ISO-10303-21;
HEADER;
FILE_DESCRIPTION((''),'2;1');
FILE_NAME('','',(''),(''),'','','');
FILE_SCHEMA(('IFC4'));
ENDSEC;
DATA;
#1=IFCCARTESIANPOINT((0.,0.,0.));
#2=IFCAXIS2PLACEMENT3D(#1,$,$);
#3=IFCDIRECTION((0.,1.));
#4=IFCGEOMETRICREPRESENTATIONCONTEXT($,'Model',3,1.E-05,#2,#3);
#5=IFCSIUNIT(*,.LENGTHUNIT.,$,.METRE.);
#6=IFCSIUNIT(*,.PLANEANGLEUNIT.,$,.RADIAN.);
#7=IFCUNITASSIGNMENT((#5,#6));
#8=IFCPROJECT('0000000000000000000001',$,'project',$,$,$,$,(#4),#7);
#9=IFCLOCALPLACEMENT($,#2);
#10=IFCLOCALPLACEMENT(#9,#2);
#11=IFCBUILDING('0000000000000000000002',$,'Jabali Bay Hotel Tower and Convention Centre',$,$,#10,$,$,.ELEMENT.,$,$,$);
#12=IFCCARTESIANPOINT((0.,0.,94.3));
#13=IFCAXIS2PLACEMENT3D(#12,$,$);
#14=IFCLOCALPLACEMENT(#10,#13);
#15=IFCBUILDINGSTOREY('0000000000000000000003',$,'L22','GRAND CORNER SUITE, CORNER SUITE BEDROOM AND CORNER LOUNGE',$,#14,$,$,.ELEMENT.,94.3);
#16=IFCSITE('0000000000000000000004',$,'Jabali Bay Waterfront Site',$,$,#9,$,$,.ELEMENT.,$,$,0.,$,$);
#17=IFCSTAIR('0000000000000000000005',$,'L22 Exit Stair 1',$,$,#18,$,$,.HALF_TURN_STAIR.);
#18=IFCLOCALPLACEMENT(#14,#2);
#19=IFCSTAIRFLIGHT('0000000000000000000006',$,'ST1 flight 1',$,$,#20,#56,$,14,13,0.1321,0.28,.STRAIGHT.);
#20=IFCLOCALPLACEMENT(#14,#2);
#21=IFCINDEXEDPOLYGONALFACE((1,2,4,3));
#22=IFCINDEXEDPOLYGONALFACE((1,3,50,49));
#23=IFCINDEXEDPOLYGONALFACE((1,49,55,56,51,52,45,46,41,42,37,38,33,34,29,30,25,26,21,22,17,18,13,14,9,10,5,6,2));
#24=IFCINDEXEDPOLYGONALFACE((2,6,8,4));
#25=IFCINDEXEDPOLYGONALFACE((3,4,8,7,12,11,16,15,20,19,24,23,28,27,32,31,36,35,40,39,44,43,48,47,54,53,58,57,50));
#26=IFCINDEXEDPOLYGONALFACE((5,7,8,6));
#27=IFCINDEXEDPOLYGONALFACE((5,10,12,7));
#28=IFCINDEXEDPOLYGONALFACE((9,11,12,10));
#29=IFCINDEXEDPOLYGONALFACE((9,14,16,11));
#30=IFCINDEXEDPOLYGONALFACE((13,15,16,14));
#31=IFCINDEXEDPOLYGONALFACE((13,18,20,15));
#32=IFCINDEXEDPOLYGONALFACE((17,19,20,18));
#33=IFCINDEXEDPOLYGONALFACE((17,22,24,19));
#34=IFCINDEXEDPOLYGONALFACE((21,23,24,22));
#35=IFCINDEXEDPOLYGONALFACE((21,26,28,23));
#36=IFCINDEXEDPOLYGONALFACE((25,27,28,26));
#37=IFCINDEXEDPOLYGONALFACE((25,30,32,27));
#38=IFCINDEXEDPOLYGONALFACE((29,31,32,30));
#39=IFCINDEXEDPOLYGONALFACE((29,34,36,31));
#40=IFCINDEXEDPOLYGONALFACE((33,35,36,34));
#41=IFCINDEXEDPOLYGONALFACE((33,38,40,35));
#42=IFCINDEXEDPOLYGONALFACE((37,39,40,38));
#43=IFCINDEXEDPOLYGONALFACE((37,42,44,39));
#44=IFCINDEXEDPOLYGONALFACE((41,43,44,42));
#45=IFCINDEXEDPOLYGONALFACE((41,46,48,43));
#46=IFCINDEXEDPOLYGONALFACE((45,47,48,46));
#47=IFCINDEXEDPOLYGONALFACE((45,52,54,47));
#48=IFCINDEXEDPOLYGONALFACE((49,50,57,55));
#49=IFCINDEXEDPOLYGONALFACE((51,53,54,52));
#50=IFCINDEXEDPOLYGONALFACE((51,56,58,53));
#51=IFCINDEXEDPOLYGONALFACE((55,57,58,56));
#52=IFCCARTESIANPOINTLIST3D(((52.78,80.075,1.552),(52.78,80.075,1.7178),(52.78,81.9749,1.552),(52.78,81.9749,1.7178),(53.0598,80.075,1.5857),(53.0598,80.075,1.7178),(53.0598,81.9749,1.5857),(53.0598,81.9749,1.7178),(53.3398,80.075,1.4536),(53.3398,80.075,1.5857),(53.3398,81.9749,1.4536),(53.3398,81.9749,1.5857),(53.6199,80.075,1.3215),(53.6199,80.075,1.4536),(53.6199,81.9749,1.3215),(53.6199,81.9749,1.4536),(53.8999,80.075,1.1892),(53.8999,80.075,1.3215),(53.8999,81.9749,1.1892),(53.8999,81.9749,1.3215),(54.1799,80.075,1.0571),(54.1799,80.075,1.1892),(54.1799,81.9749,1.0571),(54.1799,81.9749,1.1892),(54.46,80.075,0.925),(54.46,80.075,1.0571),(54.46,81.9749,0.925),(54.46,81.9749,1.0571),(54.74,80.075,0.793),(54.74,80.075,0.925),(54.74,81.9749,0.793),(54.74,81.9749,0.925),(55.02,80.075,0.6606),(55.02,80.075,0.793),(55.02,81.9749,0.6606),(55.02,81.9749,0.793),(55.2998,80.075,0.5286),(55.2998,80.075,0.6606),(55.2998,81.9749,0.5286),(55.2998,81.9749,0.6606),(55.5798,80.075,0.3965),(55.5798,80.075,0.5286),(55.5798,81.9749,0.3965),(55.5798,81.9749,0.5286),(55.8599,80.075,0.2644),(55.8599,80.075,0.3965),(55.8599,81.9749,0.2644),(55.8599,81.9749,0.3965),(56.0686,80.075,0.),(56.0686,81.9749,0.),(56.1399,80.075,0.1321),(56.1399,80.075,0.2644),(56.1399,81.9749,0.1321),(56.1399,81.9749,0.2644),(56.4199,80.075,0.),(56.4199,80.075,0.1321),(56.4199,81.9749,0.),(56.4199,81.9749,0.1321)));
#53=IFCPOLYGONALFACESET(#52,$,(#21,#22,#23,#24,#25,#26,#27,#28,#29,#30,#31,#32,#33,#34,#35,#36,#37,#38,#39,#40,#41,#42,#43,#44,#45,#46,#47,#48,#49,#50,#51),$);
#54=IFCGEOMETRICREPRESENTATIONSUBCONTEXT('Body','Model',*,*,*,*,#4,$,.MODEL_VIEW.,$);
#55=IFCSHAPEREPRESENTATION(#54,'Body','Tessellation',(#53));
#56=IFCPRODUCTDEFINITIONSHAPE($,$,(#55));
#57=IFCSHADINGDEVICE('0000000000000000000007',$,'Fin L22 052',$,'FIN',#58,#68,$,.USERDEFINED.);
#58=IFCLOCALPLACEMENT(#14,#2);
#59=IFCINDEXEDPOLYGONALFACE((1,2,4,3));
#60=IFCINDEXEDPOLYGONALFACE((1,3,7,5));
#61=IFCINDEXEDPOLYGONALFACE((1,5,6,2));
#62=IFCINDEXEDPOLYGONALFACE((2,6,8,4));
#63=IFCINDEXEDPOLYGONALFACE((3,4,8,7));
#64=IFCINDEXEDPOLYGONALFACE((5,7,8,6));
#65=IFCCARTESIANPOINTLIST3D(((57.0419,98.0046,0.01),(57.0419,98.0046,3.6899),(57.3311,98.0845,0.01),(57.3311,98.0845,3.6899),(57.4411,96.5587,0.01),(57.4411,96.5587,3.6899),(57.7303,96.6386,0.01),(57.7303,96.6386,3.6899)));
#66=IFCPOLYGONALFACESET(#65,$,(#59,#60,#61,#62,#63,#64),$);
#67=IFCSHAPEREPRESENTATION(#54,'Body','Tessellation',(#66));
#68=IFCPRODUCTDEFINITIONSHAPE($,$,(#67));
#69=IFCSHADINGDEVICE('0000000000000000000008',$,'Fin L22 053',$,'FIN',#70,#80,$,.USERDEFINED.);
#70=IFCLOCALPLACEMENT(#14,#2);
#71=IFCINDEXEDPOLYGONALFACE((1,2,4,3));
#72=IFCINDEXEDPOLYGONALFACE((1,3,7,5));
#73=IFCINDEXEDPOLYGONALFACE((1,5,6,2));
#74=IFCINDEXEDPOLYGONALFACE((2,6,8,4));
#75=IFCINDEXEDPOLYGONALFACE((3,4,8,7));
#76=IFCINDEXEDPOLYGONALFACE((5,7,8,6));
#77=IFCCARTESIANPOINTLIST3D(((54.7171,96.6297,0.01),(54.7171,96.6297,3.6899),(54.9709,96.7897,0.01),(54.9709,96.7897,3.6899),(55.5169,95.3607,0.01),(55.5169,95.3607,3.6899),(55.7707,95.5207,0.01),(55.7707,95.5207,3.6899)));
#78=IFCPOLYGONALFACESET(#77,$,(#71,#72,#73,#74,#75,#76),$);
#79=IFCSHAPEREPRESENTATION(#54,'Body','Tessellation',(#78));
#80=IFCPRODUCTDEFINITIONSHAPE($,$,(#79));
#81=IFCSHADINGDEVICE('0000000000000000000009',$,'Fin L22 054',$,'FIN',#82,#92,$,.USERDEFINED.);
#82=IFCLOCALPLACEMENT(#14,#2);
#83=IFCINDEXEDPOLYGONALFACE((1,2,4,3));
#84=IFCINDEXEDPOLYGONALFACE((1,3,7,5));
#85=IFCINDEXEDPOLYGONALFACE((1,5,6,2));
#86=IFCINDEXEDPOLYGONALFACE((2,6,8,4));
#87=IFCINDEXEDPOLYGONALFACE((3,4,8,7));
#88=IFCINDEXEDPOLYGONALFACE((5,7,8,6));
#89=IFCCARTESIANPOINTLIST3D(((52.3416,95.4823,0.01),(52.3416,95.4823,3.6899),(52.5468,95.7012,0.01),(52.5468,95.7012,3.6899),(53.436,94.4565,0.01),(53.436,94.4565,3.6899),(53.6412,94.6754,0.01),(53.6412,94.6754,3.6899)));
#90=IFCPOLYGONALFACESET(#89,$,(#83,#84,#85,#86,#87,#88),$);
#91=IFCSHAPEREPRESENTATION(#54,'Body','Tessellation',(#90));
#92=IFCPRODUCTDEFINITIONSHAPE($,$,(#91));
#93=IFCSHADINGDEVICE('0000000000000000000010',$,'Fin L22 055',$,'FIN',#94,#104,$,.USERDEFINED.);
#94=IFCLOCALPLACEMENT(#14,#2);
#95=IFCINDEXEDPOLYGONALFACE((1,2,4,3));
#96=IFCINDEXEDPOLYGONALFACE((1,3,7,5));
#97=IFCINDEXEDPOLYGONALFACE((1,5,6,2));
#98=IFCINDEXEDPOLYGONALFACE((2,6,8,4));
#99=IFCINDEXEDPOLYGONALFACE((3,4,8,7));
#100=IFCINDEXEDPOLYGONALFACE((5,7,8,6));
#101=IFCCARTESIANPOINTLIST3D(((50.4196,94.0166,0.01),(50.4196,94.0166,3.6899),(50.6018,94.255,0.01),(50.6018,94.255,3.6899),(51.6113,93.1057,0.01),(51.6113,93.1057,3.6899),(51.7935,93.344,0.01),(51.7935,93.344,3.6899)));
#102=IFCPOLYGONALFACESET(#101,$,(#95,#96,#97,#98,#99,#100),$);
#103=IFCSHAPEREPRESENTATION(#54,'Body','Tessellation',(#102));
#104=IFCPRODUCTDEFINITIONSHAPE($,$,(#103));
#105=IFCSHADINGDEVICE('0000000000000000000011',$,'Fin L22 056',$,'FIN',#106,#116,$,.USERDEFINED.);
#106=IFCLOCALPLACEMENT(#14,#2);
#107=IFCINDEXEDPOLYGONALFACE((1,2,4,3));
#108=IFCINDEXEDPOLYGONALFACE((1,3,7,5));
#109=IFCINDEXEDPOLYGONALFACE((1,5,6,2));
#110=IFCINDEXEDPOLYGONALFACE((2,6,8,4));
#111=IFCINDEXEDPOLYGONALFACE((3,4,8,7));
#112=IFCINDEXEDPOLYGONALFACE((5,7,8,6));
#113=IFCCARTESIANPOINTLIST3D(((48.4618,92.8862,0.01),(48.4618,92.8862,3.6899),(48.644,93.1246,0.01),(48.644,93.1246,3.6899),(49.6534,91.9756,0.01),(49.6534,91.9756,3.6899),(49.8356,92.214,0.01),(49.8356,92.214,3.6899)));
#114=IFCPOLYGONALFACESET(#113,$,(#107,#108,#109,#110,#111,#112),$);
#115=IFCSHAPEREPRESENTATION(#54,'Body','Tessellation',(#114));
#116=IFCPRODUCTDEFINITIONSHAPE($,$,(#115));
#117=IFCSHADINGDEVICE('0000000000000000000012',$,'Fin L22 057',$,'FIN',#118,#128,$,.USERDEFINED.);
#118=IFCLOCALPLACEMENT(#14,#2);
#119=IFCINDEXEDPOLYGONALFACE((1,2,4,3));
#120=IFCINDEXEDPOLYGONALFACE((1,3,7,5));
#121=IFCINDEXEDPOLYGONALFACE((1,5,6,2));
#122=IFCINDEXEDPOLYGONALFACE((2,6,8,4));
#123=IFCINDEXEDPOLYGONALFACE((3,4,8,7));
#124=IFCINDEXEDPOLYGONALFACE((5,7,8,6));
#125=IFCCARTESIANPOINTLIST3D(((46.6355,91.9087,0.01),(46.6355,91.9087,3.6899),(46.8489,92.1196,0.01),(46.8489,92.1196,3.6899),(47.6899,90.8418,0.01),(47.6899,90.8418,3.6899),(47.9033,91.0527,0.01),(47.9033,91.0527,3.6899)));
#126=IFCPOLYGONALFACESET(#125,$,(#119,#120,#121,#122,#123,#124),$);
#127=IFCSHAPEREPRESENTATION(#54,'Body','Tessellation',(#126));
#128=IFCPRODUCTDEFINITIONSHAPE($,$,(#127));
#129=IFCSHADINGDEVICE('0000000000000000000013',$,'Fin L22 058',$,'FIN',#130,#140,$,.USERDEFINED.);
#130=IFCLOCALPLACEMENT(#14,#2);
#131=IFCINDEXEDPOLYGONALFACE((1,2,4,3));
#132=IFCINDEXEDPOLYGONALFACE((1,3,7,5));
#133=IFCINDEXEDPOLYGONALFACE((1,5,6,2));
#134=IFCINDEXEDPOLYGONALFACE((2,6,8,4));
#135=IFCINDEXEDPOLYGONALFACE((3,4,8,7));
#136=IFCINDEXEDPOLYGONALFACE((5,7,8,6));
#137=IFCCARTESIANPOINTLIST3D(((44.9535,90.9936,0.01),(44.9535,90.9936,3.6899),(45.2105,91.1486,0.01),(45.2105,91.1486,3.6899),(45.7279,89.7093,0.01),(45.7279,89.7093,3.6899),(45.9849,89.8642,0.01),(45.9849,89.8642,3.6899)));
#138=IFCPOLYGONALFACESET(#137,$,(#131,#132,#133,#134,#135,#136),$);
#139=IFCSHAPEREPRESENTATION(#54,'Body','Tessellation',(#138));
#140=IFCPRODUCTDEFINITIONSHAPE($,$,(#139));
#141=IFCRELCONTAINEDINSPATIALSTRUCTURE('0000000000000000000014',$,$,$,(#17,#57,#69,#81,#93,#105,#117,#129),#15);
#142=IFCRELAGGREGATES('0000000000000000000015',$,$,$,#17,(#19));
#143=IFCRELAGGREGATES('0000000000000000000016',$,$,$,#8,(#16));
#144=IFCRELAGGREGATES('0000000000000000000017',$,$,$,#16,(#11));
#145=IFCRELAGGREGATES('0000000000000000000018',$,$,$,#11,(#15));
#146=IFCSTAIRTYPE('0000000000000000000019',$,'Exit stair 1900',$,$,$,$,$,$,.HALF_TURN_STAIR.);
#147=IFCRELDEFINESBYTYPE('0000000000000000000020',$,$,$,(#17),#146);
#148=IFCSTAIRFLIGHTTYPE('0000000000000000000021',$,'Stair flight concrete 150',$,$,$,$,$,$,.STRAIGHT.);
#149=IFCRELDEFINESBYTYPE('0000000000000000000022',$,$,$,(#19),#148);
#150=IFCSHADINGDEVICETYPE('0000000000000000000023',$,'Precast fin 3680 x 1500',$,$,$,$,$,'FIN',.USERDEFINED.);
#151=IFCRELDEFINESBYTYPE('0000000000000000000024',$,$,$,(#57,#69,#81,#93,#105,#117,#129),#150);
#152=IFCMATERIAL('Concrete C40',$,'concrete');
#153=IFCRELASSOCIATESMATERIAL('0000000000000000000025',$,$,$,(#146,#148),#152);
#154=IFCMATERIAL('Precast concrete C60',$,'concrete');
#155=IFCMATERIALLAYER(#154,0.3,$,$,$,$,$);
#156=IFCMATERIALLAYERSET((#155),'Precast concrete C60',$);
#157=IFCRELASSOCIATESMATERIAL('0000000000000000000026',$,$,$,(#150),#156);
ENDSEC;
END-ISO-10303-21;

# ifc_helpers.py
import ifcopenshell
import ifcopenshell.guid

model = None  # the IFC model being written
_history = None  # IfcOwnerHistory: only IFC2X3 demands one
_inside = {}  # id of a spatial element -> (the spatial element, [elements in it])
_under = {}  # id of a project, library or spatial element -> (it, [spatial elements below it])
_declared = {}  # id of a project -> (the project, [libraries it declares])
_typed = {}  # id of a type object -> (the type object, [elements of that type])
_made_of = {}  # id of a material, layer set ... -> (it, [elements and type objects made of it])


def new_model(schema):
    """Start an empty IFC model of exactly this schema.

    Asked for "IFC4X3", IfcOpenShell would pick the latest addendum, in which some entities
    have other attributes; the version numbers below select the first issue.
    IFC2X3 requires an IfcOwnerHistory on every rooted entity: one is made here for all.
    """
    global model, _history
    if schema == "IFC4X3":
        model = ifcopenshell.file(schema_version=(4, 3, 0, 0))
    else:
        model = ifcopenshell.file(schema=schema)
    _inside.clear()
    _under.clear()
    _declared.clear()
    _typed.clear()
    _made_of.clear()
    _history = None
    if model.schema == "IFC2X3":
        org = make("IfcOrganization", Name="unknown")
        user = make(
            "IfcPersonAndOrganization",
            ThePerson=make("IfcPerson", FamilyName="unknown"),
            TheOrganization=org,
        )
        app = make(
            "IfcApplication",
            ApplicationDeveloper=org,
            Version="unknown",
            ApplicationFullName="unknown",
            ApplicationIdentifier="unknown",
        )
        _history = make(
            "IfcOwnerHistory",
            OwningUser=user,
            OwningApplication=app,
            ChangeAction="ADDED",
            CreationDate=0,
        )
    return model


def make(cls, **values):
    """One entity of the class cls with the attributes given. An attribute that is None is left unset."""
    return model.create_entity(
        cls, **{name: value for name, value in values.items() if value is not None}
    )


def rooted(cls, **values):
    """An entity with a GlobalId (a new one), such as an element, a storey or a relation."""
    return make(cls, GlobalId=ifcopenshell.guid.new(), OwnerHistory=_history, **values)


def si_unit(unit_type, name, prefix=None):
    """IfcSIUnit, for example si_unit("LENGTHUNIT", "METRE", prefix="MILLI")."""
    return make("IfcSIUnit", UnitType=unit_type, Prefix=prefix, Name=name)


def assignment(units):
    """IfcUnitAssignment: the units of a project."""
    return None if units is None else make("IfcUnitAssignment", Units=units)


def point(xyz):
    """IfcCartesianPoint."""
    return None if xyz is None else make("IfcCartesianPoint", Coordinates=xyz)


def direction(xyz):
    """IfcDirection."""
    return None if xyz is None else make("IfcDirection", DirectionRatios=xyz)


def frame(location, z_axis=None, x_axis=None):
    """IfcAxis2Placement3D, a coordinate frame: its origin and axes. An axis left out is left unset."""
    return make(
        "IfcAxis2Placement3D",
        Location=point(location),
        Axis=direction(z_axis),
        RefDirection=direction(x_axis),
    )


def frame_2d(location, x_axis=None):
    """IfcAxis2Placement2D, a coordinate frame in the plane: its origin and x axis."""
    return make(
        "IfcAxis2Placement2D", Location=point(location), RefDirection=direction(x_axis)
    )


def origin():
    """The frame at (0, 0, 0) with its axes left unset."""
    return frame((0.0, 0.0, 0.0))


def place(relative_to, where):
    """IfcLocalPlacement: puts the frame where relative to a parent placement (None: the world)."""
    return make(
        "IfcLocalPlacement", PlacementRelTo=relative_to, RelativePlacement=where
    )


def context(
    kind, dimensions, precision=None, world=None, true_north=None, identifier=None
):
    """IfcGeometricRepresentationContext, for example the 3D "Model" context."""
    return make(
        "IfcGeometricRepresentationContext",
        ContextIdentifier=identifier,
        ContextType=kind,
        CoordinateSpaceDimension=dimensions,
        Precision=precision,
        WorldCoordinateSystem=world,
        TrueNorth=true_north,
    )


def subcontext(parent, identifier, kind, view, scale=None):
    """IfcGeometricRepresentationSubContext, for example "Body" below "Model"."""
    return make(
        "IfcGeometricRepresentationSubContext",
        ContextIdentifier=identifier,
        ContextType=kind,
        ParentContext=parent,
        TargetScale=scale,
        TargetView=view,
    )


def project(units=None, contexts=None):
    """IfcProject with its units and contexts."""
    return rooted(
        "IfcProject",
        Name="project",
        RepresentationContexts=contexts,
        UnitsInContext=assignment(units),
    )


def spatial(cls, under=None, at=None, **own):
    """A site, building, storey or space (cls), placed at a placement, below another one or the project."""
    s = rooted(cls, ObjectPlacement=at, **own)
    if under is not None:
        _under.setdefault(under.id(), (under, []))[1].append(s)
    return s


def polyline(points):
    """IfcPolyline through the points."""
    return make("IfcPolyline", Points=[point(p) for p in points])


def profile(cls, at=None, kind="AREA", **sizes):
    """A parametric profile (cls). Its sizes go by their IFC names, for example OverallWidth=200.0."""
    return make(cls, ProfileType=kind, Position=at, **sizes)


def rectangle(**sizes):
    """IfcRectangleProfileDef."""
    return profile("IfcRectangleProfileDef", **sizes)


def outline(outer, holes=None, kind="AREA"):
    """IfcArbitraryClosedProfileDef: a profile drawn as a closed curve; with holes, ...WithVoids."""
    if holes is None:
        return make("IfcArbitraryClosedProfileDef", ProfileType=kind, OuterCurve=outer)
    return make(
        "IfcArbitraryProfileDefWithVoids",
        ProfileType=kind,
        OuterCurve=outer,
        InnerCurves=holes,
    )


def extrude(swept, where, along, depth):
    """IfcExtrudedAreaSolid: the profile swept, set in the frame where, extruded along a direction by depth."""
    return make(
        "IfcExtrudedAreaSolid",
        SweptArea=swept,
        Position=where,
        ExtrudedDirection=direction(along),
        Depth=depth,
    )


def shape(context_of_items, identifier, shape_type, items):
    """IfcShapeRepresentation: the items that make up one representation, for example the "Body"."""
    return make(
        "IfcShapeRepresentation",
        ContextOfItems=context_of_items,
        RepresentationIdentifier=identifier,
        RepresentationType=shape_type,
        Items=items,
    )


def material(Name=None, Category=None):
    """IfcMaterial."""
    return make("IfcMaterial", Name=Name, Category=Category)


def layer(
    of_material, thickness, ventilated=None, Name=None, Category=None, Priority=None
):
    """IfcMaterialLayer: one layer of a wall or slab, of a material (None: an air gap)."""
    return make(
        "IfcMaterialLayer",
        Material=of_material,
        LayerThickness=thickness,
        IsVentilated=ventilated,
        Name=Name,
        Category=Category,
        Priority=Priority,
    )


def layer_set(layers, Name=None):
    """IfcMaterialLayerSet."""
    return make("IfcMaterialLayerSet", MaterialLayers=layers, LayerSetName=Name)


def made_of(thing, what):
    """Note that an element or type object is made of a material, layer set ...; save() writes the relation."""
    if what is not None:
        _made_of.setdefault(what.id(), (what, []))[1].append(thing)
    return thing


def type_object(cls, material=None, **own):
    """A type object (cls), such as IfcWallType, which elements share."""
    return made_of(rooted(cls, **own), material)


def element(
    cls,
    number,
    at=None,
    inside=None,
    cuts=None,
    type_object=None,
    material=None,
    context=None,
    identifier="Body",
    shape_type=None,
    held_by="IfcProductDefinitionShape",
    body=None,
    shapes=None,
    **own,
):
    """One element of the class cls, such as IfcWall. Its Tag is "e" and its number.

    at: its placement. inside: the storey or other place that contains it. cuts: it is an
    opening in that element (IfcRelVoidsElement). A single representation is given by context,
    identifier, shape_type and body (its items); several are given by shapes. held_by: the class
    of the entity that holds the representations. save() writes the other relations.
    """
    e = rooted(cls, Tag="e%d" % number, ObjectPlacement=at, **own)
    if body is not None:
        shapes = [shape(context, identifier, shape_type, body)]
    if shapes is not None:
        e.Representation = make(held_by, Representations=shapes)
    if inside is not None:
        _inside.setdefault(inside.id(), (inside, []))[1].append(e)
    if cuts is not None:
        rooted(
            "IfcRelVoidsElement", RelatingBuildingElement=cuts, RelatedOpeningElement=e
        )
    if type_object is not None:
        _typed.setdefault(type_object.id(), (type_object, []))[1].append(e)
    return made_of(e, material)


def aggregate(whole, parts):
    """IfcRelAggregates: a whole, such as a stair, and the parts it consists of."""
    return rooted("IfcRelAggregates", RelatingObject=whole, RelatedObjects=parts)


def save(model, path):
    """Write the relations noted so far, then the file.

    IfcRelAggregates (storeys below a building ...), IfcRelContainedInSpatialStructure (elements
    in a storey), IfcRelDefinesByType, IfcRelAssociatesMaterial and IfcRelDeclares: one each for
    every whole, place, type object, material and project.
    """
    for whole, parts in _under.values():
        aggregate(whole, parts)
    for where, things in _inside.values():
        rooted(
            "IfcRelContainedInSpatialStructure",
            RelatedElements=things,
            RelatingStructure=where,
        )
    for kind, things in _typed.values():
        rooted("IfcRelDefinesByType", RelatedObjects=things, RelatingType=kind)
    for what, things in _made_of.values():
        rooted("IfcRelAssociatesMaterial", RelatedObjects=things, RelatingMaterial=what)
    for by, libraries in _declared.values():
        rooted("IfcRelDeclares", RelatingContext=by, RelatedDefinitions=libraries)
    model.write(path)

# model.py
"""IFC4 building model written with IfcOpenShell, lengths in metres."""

from ifc_helpers import new_model, si_unit, direction, frame, frame_2d, origin, place, context, subcontext, project, spatial, polyline, rectangle, outline, extrude, material, layer, layer_set, type_object, element, aggregate, save


model = new_model("IFC4")

# Units and contexts
model_context = context("Model", 3, precision=1e-05, world=origin(), true_north=direction((0.0, 1.0)))
body_context = subcontext(model_context, "Body", "Model", "MODEL_VIEW")
ifc_project = project(units=[si_unit("LENGTHUNIT", "METRE"), si_unit("PLANEANGLEUNIT", "RADIAN")], contexts=[model_context])

# Site, building, storey
site_placement = place(None, origin())
site = spatial("IfcSite", under=ifc_project, at=site_placement, Name="Jabali Bay Waterfront Site", CompositionType="ELEMENT", RefElevation=0.0)
building_placement = place(site_placement, origin())
building = spatial("IfcBuilding", under=site, at=building_placement, Name="Jabali Bay Hotel Tower and Convention Centre", CompositionType="ELEMENT")
storey_placement = place(building_placement, frame((0.0, 0.0, 94.3)))
storey = spatial("IfcBuildingStorey", under=building, at=storey_placement, Name="L22", Description="GRAND CORNER SUITE, CORNER SUITE BEDROOM AND CORNER LOUNGE", CompositionType="ELEMENT", Elevation=94.3)

# Shared definitions
ifc_material_1 = material(Name="Concrete C40", Category="concrete")

# Stair, stair flight
stair_type = type_object("IfcStairType", Name="Exit stair 1900", PredefinedType="HALF_TURN_STAIR", material=ifc_material_1)
stair_placement = place(storey_placement, origin())
stair = element("IfcStair", 1, at=stair_placement, inside=storey, type_object=stair_type, Name="L22 Exit Stair 1", PredefinedType="HALF_TURN_STAIR")
stair_flight_type = type_object("IfcStairFlightType", Name="Stair flight concrete 150", PredefinedType="STRAIGHT", material=ifc_material_1)
stair_flight_placement = place(storey_placement, frame((56.4199, 81.0249, 0.0), z_axis=(0.0, 0.0, 1.0), x_axis=(-1.0, 0.0, 0.0)))
stair_flight = element("IfcStairFlight", 2, at=stair_flight_placement, type_object=stair_flight_type, Name="ST1 flight 1", NumberOfRisers=14, NumberOfTreads=13, PredefinedType="STRAIGHT", RiserHeight=0.1321, TreadLength=0.28, context=body_context, shape_type="SweptSolid", body=[
    extrude(outline(polyline([(0.0, 0.0), (0.0, 0.1321), (0.28, 0.1321), (0.28, 0.2644), (0.5601, 0.2644), (0.5601, 0.3965), (0.8401, 0.3965), (0.8401, 0.5286), (1.1201, 0.5286), (1.1201, 0.6606), (1.3999, 0.6606), (1.3999, 0.793), (1.6799, 0.793), (1.6799, 0.925), (1.96, 0.925), (1.96, 1.0571), (2.24, 1.0571), (2.24, 1.1892), (2.52, 1.1892), (2.52, 1.3215), (2.8, 1.3215), (2.8, 1.4536), (3.0801, 1.4536), (3.0801, 1.5857), (3.3601, 1.5857), (3.3601, 1.7178), (3.6399, 1.7178), (3.6399, 1.8501), (3.6399, 1.552), (0.3513, 0.0), (0.0, 0.0)])), frame((0.0, 0.95, 0.0), z_axis=(0.0, -1.0, 0.0), x_axis=(1.0, 0.0, 0.0)), (0.0, 0.0, 1.0), 1.8999),
])
aggregate(stair, [stair_flight])

# Shading devices
ifc_material_2 = material(Name="Precast concrete C60", Category="concrete")
ifc_layer_1 = layer(ifc_material_2, 0.3)
ifc_layer_set_1 = layer_set([ifc_layer_1], Name="Precast concrete C60")
shading_device_type = type_object("IfcShadingDeviceType", Name="Precast fin 3680 x 1500", ElementType="FIN", PredefinedType="USERDEFINED", material=ifc_layer_set_1)
for number, where, z_axis, x_axis, name in (
    (3, (57.5857, 96.5986, 0.01), (0.0, 0.0, 1.0), (-0.266132, 0.963936, 0.0), "Fin L22 052"),
    (4, (55.6438, 95.4407, 0.01), (0.0, 0.0, 1.0), (-0.533184, 0.845999, 0.0), "Fin L22 053"),
    (5, (53.5386, 94.5659, 0.01), (0.0, 0.0, 1.0), (-0.729603, 0.683871, 0.0), "Fin L22 054"),
    (6, (51.7024, 93.2249, 0.01), (0.0, 0.0, 1.0), (-0.794478, 0.607293, 0.0), "Fin L22 055"),
):
    element("IfcShadingDevice", number, at=place(storey_placement, frame(where, z_axis=z_axis, x_axis=x_axis)), inside=storey, type_object=shading_device_type, Name=name, ObjectType="FIN", PredefinedType="USERDEFINED", context=body_context, shape_type="SweptSolid", body=[
        extrude(rectangle(XDim=1.5, YDim=0.3, at=frame_2d((0.75, 0.0))), origin(), (0.0, 0.0, 1.0), 3.6799),
    ])
shading_device_1_placement = place(storey_placement, frame((49.7446, 92.0947, 0.01), z_axis=(0.0, 0.0, 1.0), x_axis=(-0.794556, 0.60719, 0.0)))
element("IfcShadingDevice", 7, at=shading_device_1_placement, inside=storey, type_object=shading_device_type, Name="Fin L22 056", ObjectType="FIN", PredefinedType="USERDEFINED", context=body_context, shape_type="SweptSolid", body=[
    extrude(rectangle(XDim=1.4998, YDim=0.3, at=frame_2d((0.75, 0.0))), origin(), (0.0, 0.0, 1.0), 3.6799),
])
shading_device_2_placement = place(storey_placement, frame((47.7966, 90.9473, 0.01), z_axis=(0.0, 0.0, 1.0), x_axis=(-0.702944, 0.711245, 0.0)))
element("IfcShadingDevice", 8, at=shading_device_2_placement, inside=storey, type_object=shading_device_type, Name="Fin L22 057", ObjectType="FIN", PredefinedType="USERDEFINED", context=body_context, shape_type="SweptSolid", body=[
    extrude(rectangle(XDim=1.5, YDim=0.3, at=frame_2d((0.75, 0.0))), origin(), (0.0, 0.0, 1.0), 3.6799),
])
shading_device_3_placement = place(storey_placement, frame((45.8564, 89.7866, 0.01), z_axis=(0.0, 0.0, 1.0), x_axis=(-0.516338, 0.856385, 0.0)))
element("IfcShadingDevice", 9, at=shading_device_3_placement, inside=storey, type_object=shading_device_type, Name="Fin L22 058", ObjectType="FIN", PredefinedType="USERDEFINED", context=body_context, shape_type="SweptSolid", body=[
    extrude(rectangle(XDim=1.4998, YDim=0.3, at=frame_2d((0.75, 0.0))), origin(), (0.0, 0.0, 1.0), 3.6799),
])

save(model, "model.ifc")
